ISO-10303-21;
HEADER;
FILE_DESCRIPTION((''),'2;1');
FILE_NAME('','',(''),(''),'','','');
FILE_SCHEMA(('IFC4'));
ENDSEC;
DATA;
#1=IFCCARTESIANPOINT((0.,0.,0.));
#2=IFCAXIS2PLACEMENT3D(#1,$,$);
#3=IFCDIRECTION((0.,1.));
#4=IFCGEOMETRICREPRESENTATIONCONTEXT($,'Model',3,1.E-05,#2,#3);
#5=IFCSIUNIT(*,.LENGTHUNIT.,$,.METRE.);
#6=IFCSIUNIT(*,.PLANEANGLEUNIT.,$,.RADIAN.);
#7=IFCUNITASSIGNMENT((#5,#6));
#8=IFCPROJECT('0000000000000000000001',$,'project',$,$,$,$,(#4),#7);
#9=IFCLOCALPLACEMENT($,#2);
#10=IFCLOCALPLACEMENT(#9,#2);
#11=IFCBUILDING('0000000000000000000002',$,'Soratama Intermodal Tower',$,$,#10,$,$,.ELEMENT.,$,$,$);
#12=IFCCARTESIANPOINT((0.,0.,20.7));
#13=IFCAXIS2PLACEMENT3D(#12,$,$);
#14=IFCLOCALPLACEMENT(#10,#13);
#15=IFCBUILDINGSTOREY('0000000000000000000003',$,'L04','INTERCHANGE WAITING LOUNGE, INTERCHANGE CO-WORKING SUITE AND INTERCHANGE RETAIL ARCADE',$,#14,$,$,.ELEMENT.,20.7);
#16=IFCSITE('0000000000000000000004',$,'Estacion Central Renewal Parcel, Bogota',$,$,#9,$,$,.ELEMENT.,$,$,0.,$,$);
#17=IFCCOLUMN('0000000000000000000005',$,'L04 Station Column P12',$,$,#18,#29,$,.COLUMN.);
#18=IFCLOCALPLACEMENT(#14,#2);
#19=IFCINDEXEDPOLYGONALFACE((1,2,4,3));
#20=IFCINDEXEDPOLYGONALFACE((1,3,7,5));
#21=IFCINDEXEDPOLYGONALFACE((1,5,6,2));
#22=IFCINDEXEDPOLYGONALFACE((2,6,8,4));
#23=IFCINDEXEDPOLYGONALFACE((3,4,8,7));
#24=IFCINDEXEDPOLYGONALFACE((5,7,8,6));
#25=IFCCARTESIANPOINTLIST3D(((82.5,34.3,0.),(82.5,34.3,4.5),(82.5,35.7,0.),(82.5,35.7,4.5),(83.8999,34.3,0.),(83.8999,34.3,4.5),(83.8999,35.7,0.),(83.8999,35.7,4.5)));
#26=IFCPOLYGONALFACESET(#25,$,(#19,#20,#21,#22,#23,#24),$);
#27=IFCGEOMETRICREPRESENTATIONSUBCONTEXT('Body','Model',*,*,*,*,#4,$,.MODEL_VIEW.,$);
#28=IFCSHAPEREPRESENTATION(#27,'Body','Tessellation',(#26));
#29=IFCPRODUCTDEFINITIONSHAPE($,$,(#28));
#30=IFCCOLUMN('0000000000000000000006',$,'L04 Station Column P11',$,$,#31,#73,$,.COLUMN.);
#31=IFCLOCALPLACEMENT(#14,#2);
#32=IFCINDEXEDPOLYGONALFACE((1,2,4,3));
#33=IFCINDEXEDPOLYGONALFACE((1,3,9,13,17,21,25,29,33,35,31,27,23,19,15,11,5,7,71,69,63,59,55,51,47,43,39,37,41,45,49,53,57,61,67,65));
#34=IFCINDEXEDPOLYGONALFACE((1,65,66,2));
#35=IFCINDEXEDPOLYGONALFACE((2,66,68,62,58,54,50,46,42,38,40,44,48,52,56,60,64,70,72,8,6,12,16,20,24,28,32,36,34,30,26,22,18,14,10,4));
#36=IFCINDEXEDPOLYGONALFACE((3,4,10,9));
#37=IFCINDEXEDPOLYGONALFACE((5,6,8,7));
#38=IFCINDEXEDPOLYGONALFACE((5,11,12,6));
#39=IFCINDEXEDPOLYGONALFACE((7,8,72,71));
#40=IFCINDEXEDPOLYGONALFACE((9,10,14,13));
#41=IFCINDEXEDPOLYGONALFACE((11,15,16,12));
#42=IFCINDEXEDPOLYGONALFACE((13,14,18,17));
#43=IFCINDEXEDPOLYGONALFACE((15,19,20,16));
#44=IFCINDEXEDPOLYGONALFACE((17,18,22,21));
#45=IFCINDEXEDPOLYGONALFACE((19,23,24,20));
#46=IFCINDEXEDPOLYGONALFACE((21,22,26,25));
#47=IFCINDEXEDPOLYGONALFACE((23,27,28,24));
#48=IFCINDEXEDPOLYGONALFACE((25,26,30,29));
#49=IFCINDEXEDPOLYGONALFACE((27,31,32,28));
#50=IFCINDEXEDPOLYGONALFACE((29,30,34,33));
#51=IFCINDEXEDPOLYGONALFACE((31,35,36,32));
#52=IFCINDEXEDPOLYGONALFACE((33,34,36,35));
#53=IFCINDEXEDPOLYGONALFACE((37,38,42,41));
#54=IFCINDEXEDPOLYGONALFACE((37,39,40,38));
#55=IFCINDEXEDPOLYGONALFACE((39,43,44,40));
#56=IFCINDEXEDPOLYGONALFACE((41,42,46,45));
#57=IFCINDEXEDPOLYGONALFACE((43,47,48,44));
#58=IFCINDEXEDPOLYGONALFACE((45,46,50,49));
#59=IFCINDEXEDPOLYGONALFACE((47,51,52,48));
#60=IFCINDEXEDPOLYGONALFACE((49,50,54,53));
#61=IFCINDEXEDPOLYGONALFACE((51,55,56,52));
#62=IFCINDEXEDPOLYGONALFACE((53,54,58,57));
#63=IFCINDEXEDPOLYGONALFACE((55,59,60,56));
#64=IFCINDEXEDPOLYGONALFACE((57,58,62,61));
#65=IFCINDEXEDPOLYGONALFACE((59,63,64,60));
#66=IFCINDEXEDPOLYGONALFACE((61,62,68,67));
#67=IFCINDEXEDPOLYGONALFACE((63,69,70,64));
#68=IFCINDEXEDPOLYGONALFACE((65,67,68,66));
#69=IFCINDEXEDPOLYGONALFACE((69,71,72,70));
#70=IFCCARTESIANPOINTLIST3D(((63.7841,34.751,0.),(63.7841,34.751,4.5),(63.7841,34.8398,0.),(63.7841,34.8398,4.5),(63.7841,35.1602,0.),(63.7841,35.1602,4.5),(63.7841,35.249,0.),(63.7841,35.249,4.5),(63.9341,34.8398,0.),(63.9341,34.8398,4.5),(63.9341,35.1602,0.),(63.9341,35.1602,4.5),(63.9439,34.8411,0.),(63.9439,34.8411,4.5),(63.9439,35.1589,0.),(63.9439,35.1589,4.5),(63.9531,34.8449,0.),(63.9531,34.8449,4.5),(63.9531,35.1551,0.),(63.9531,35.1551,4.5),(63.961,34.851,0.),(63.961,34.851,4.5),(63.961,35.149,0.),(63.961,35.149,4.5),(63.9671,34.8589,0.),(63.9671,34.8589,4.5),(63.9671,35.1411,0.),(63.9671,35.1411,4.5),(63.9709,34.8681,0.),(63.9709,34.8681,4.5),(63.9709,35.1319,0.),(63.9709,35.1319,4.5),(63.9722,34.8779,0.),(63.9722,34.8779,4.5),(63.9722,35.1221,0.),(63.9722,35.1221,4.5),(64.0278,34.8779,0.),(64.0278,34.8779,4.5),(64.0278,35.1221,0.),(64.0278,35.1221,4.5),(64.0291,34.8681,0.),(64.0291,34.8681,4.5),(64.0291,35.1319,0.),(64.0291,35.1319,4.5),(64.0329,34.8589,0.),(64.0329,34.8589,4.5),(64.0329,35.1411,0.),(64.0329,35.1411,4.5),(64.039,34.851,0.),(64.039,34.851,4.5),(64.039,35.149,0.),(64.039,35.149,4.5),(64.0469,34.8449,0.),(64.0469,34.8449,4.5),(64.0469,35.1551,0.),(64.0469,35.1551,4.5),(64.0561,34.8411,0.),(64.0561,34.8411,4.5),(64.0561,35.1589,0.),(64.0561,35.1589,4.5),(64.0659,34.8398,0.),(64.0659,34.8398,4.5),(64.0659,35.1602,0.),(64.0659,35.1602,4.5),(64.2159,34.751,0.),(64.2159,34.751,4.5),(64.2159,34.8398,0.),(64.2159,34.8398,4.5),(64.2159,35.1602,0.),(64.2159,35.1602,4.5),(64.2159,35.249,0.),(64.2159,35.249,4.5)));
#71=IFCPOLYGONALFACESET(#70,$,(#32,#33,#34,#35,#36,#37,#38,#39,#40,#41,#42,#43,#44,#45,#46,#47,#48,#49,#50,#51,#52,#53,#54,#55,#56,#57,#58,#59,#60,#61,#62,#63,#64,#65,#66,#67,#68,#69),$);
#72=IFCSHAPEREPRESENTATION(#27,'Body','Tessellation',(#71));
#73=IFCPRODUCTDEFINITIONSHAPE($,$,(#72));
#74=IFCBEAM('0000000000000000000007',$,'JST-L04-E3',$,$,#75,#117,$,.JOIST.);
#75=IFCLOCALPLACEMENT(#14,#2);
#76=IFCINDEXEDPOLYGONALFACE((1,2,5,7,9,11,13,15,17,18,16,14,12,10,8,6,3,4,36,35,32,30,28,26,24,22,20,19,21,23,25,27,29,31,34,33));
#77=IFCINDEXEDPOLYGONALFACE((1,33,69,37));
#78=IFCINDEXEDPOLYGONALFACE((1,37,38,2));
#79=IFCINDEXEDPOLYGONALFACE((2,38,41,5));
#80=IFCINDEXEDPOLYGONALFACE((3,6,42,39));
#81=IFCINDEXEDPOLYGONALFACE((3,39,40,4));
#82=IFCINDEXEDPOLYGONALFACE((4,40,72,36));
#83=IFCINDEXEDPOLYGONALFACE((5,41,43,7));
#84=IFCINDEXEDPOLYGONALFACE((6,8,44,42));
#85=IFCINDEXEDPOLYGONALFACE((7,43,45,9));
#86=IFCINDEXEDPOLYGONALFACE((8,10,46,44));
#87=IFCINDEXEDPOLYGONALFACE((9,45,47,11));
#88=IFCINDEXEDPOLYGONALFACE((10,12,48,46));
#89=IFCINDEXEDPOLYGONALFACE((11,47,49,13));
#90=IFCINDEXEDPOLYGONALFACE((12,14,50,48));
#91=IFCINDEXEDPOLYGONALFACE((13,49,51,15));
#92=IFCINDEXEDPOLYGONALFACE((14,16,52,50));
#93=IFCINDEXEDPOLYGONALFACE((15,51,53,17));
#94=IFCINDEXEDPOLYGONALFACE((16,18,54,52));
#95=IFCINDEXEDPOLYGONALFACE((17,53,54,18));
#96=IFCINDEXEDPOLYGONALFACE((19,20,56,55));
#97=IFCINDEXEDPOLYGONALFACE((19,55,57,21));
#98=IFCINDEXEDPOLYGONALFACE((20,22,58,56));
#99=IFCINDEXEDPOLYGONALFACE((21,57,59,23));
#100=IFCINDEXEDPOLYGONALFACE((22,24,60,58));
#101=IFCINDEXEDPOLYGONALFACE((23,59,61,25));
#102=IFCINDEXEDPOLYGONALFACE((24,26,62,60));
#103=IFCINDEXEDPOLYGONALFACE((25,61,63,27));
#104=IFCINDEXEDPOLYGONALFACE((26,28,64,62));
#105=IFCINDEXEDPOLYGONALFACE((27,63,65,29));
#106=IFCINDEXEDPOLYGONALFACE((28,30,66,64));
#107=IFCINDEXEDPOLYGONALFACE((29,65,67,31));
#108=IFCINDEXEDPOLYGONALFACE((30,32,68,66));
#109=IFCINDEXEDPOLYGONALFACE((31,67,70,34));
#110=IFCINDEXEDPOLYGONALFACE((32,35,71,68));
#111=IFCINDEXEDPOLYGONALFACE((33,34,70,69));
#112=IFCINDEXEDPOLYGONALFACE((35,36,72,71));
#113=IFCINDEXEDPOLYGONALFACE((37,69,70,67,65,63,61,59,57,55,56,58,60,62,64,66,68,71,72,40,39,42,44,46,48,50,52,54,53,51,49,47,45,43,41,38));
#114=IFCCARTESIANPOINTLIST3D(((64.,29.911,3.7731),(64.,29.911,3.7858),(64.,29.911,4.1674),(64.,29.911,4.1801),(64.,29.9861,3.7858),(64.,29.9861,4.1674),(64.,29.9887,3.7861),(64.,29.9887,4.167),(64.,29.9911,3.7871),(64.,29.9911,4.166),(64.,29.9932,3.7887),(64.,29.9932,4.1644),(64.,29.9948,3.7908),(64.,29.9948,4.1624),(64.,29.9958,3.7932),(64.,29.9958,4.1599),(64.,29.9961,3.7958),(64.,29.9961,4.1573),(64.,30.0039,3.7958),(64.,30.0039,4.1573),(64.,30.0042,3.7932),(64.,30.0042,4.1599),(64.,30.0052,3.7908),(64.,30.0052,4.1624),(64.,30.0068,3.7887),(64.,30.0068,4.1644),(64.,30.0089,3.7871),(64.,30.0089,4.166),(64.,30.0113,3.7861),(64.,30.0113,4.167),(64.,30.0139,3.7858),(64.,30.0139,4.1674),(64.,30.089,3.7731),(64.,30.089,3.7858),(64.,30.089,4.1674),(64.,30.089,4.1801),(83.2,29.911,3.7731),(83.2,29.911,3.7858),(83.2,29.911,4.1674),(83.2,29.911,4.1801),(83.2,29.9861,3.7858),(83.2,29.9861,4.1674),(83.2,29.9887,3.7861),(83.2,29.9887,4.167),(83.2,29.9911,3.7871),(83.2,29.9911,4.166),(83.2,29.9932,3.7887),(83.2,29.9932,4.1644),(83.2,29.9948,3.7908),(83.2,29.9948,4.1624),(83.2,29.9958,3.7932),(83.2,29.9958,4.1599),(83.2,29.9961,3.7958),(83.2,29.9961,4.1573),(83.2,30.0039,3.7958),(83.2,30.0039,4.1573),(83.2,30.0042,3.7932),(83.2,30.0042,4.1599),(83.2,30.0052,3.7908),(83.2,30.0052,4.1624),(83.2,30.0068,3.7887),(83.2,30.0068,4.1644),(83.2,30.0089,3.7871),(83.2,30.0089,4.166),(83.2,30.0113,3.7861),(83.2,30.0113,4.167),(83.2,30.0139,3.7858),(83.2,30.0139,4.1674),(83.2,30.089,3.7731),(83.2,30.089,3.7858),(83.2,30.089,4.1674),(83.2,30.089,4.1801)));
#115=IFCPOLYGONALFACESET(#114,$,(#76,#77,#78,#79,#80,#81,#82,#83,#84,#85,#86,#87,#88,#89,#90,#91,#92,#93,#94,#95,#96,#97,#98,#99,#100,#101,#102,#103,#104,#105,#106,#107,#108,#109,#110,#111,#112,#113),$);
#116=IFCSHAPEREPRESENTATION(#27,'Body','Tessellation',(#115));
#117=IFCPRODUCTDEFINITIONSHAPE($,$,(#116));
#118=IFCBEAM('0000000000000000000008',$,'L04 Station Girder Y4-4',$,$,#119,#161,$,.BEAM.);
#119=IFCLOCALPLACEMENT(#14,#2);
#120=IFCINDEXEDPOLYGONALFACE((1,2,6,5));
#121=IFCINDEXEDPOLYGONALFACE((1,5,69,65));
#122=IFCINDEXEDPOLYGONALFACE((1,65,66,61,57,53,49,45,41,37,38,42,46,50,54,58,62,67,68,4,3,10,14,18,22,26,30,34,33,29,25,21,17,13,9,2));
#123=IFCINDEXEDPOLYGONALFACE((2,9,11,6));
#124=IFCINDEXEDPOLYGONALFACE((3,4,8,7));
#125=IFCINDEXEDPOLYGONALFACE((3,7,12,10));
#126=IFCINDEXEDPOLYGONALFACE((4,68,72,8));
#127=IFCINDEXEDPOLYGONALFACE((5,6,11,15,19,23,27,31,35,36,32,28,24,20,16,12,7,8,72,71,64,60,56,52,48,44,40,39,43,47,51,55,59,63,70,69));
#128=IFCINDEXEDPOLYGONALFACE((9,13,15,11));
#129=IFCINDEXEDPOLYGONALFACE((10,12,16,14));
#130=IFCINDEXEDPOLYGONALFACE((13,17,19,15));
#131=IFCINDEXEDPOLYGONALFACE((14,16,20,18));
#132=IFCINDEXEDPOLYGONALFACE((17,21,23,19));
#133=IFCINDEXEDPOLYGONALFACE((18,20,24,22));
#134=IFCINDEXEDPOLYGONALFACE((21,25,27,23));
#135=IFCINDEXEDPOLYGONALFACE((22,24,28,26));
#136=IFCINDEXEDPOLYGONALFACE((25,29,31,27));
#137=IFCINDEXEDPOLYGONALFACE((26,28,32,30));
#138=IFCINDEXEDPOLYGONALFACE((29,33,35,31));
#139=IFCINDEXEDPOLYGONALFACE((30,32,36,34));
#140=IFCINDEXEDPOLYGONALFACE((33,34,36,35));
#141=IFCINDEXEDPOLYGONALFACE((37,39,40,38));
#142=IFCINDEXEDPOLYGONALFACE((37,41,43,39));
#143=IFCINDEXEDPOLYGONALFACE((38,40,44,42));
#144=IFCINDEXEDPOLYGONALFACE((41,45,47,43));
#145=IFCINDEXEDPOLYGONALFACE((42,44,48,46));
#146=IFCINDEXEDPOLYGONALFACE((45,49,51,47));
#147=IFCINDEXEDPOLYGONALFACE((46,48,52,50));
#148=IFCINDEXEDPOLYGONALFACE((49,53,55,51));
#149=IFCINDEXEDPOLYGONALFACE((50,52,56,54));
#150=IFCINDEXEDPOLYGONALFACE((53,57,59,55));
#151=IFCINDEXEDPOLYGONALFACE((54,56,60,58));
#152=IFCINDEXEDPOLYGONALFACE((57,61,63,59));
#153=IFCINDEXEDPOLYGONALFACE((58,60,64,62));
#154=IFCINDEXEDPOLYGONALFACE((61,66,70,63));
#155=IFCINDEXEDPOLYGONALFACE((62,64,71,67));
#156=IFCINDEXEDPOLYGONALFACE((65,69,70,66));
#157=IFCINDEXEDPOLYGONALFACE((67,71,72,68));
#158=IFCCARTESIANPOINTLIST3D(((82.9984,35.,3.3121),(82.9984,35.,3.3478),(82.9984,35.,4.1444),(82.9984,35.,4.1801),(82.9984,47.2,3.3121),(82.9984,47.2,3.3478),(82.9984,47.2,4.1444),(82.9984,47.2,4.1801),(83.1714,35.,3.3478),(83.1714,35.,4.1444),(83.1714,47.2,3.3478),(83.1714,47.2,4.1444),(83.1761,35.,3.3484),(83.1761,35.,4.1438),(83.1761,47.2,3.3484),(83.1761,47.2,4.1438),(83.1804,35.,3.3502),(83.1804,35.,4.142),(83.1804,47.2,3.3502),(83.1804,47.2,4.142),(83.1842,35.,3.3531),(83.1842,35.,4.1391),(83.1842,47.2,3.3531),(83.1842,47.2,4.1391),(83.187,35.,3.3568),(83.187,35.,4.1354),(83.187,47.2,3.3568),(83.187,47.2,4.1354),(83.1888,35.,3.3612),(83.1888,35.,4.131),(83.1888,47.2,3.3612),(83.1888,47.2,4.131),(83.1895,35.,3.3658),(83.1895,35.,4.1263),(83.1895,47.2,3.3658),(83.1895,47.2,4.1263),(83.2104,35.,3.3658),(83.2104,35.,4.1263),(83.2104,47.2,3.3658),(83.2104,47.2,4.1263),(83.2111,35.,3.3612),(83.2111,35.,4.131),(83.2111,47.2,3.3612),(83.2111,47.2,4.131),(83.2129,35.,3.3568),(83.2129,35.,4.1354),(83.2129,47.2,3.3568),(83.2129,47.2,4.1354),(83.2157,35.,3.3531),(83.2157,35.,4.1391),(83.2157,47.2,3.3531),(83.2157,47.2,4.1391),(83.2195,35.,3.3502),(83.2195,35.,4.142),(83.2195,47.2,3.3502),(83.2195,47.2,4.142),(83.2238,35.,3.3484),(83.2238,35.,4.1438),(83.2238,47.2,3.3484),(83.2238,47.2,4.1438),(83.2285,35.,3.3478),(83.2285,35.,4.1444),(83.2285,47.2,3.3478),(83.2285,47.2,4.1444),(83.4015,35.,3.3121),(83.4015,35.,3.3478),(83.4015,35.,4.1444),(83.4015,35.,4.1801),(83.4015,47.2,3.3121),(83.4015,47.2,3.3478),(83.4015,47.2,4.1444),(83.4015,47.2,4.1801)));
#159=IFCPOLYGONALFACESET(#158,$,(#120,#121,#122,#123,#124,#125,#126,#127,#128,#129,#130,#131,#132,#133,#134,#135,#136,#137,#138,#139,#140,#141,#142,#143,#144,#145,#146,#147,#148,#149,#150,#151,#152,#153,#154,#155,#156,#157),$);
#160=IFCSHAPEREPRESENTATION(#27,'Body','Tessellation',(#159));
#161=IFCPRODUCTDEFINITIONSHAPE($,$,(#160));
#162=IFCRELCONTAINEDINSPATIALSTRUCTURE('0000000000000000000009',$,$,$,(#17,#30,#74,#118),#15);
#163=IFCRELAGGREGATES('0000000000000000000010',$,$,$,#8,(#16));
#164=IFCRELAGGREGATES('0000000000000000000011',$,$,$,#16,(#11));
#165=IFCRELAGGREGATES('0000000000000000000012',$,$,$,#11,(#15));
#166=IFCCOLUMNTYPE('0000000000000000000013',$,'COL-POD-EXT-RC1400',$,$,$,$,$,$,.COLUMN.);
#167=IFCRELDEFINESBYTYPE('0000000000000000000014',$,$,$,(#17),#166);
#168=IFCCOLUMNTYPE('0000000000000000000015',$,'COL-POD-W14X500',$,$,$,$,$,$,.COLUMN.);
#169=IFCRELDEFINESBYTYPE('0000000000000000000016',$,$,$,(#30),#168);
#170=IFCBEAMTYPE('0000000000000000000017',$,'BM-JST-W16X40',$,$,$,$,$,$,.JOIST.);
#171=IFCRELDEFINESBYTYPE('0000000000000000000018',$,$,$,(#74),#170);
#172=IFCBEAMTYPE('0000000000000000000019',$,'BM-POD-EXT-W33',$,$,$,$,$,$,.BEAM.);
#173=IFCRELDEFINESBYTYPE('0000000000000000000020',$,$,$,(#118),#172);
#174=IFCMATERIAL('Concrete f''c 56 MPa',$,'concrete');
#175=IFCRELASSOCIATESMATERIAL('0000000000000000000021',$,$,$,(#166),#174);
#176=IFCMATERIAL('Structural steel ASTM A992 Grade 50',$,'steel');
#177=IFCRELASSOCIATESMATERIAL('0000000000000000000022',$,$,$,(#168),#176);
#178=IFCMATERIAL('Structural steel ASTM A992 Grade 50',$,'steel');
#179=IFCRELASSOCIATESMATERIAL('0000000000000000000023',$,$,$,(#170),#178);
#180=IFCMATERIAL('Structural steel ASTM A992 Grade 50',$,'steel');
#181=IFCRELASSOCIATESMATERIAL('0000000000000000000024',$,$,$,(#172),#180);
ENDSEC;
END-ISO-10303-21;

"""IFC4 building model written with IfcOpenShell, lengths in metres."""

from ifc_helpers import new_model, si_unit, direction, frame, origin, origin_2d, place, context, subcontext, project, spatial, rectangle, i_section, extrude, material, material_profile, profile_set, type_object, element, save


model = new_model("IFC4")

# Units and contexts
model_context = context("Model", 3, precision=1e-05, world=origin(), true_north=direction((0.0, 1.0)))
body_context = subcontext(model_context, "Body", "Model", "MODEL_VIEW")
ifc_project = project(units=[si_unit("LENGTHUNIT", "METRE"), si_unit("PLANEANGLEUNIT", "RADIAN")], contexts=[model_context])

# Site, building, storey
site_placement = place(None, origin())
site = spatial("IfcSite", under=ifc_project, at=site_placement, Name="Estacion Central Renewal Parcel, Bogota", CompositionType="ELEMENT", RefElevation=0.0)
building_placement = place(site_placement, origin())
building = spatial("IfcBuilding", under=site, at=building_placement, Name="Soratama Intermodal Tower", CompositionType="ELEMENT")
storey_placement = place(building_placement, frame((0.0, 0.0, 20.7)))
storey = spatial("IfcBuildingStorey", under=building, at=storey_placement, Name="L04", Description="INTERCHANGE WAITING LOUNGE, INTERCHANGE CO-WORKING SUITE AND INTERCHANGE RETAIL ARCADE", CompositionType="ELEMENT", Elevation=20.7)

# Columns
ifc_material_1 = material(Name="Concrete f'c 56 MPa", Category="concrete")
ifc_material_profile_1 = material_profile(ifc_material_1, rectangle(XDim=1.3999, YDim=1.3999, at=origin_2d()), Name="RC1400X1400")
ifc_profile_set_1 = profile_set([ifc_material_profile_1], Name="Concrete f'c 56 MPa")
column_type_1 = type_object("IfcColumnType", Name="COL-POD-EXT-RC1400", PredefinedType="COLUMN", material=ifc_profile_set_1)
column_1_placement = place(storey_placement, frame((83.2, 35.0, 0.0), z_axis=(0.0, 0.0, 1.0), x_axis=(1.0, 0.0, 0.0)))
element("IfcColumn", 1, at=column_1_placement, inside=storey, type_object=column_type_1, Name="L04 Station Column P12", PredefinedType="COLUMN", context=body_context, shape_type="SweptSolid", body=[
    extrude(rectangle(XDim=1.3999, YDim=1.3999, at=origin_2d()), origin(), (0.0, 0.0, 1.0), 4.5),
])
ifc_material_2 = material(Name="Structural steel ASTM A992 Grade 50", Category="steel")
ifc_material_profile_2 = material_profile(ifc_material_2, i_section(OverallWidth=0.4319, OverallDepth=0.498, WebThickness=0.0557, FlangeThickness=0.0889, FilletRadius=0.0381, at=origin_2d()), Name="W14X500")
ifc_profile_set_2 = profile_set([ifc_material_profile_2], Name="Structural steel ASTM A992 Grade 50")
column_type_2 = type_object("IfcColumnType", Name="COL-POD-W14X500", PredefinedType="COLUMN", material=ifc_profile_set_2)
column_2_placement = place(storey_placement, frame((64.0, 35.0, 0.0), z_axis=(0.0, 0.0, 1.0), x_axis=(1.0, 0.0, 0.0)))
element("IfcColumn", 2, at=column_2_placement, inside=storey, type_object=column_type_2, Name="L04 Station Column P11", PredefinedType="COLUMN", context=body_context, shape_type="SweptSolid", body=[
    extrude(i_section(OverallWidth=0.4319, OverallDepth=0.498, WebThickness=0.0557, FlangeThickness=0.0889, FilletRadius=0.0381, at=origin_2d()), origin(), (0.0, 0.0, 1.0), 4.5),
])

# Beams
ifc_material_3 = material(Name="Structural steel ASTM A992 Grade 50", Category="steel")
ifc_material_profile_3 = material_profile(ifc_material_3, i_section(OverallWidth=0.178, OverallDepth=0.407, WebThickness=0.0078, FlangeThickness=0.0127, FilletRadius=0.01, at=origin_2d()), Name="W16X40")
ifc_profile_set_3 = profile_set([ifc_material_profile_3], Name="Structural steel ASTM A992 Grade 50")
beam_type_1 = type_object("IfcBeamType", Name="BM-JST-W16X40", PredefinedType="JOIST", material=ifc_profile_set_3)
beam_1_placement = place(storey_placement, frame((64.0, 30.0, 3.9766), z_axis=(1.0, 0.0, 0.0), x_axis=(0.0, 1.0, 0.0)))
element("IfcBeam", 3, at=beam_1_placement, inside=storey, type_object=beam_type_1, Name="JST-L04-E3", PredefinedType="JOIST", context=body_context, shape_type="SweptSolid", body=[
    extrude(i_section(OverallWidth=0.178, OverallDepth=0.407, WebThickness=0.0078, FlangeThickness=0.0127, FilletRadius=0.01, at=origin_2d()), origin(), (0.0, 0.0, 1.0), 19.2),
])
ifc_material_4 = material(Name="Structural steel ASTM A992 Grade 50", Category="steel")
ifc_material_profile_4 = material_profile(ifc_material_4, i_section(OverallWidth=0.4031, OverallDepth=0.8679, WebThickness=0.021, FlangeThickness=0.0356, FilletRadius=0.0181, at=origin_2d()), Name="W33X241")
ifc_profile_set_4 = profile_set([ifc_material_profile_4], Name="Structural steel ASTM A992 Grade 50")
beam_type_2 = type_object("IfcBeamType", Name="BM-POD-EXT-W33", PredefinedType="BEAM", material=ifc_profile_set_4)
beam_2_placement = place(storey_placement, frame((83.2, 35.0, 3.7461), z_axis=(0.0, 1.0, 0.0), x_axis=(-1.0, 0.0, 0.0)))
element("IfcBeam", 4, at=beam_2_placement, inside=storey, type_object=beam_type_2, Name="L04 Station Girder Y4-4", PredefinedType="BEAM", context=body_context, shape_type="SweptSolid", body=[
    extrude(i_section(OverallWidth=0.4031, OverallDepth=0.8679, WebThickness=0.021, FlangeThickness=0.0356, FilletRadius=0.0181, at=origin_2d()), origin(), (0.0, 0.0, 1.0), 12.2),
])

save(model, "model.ifc")
